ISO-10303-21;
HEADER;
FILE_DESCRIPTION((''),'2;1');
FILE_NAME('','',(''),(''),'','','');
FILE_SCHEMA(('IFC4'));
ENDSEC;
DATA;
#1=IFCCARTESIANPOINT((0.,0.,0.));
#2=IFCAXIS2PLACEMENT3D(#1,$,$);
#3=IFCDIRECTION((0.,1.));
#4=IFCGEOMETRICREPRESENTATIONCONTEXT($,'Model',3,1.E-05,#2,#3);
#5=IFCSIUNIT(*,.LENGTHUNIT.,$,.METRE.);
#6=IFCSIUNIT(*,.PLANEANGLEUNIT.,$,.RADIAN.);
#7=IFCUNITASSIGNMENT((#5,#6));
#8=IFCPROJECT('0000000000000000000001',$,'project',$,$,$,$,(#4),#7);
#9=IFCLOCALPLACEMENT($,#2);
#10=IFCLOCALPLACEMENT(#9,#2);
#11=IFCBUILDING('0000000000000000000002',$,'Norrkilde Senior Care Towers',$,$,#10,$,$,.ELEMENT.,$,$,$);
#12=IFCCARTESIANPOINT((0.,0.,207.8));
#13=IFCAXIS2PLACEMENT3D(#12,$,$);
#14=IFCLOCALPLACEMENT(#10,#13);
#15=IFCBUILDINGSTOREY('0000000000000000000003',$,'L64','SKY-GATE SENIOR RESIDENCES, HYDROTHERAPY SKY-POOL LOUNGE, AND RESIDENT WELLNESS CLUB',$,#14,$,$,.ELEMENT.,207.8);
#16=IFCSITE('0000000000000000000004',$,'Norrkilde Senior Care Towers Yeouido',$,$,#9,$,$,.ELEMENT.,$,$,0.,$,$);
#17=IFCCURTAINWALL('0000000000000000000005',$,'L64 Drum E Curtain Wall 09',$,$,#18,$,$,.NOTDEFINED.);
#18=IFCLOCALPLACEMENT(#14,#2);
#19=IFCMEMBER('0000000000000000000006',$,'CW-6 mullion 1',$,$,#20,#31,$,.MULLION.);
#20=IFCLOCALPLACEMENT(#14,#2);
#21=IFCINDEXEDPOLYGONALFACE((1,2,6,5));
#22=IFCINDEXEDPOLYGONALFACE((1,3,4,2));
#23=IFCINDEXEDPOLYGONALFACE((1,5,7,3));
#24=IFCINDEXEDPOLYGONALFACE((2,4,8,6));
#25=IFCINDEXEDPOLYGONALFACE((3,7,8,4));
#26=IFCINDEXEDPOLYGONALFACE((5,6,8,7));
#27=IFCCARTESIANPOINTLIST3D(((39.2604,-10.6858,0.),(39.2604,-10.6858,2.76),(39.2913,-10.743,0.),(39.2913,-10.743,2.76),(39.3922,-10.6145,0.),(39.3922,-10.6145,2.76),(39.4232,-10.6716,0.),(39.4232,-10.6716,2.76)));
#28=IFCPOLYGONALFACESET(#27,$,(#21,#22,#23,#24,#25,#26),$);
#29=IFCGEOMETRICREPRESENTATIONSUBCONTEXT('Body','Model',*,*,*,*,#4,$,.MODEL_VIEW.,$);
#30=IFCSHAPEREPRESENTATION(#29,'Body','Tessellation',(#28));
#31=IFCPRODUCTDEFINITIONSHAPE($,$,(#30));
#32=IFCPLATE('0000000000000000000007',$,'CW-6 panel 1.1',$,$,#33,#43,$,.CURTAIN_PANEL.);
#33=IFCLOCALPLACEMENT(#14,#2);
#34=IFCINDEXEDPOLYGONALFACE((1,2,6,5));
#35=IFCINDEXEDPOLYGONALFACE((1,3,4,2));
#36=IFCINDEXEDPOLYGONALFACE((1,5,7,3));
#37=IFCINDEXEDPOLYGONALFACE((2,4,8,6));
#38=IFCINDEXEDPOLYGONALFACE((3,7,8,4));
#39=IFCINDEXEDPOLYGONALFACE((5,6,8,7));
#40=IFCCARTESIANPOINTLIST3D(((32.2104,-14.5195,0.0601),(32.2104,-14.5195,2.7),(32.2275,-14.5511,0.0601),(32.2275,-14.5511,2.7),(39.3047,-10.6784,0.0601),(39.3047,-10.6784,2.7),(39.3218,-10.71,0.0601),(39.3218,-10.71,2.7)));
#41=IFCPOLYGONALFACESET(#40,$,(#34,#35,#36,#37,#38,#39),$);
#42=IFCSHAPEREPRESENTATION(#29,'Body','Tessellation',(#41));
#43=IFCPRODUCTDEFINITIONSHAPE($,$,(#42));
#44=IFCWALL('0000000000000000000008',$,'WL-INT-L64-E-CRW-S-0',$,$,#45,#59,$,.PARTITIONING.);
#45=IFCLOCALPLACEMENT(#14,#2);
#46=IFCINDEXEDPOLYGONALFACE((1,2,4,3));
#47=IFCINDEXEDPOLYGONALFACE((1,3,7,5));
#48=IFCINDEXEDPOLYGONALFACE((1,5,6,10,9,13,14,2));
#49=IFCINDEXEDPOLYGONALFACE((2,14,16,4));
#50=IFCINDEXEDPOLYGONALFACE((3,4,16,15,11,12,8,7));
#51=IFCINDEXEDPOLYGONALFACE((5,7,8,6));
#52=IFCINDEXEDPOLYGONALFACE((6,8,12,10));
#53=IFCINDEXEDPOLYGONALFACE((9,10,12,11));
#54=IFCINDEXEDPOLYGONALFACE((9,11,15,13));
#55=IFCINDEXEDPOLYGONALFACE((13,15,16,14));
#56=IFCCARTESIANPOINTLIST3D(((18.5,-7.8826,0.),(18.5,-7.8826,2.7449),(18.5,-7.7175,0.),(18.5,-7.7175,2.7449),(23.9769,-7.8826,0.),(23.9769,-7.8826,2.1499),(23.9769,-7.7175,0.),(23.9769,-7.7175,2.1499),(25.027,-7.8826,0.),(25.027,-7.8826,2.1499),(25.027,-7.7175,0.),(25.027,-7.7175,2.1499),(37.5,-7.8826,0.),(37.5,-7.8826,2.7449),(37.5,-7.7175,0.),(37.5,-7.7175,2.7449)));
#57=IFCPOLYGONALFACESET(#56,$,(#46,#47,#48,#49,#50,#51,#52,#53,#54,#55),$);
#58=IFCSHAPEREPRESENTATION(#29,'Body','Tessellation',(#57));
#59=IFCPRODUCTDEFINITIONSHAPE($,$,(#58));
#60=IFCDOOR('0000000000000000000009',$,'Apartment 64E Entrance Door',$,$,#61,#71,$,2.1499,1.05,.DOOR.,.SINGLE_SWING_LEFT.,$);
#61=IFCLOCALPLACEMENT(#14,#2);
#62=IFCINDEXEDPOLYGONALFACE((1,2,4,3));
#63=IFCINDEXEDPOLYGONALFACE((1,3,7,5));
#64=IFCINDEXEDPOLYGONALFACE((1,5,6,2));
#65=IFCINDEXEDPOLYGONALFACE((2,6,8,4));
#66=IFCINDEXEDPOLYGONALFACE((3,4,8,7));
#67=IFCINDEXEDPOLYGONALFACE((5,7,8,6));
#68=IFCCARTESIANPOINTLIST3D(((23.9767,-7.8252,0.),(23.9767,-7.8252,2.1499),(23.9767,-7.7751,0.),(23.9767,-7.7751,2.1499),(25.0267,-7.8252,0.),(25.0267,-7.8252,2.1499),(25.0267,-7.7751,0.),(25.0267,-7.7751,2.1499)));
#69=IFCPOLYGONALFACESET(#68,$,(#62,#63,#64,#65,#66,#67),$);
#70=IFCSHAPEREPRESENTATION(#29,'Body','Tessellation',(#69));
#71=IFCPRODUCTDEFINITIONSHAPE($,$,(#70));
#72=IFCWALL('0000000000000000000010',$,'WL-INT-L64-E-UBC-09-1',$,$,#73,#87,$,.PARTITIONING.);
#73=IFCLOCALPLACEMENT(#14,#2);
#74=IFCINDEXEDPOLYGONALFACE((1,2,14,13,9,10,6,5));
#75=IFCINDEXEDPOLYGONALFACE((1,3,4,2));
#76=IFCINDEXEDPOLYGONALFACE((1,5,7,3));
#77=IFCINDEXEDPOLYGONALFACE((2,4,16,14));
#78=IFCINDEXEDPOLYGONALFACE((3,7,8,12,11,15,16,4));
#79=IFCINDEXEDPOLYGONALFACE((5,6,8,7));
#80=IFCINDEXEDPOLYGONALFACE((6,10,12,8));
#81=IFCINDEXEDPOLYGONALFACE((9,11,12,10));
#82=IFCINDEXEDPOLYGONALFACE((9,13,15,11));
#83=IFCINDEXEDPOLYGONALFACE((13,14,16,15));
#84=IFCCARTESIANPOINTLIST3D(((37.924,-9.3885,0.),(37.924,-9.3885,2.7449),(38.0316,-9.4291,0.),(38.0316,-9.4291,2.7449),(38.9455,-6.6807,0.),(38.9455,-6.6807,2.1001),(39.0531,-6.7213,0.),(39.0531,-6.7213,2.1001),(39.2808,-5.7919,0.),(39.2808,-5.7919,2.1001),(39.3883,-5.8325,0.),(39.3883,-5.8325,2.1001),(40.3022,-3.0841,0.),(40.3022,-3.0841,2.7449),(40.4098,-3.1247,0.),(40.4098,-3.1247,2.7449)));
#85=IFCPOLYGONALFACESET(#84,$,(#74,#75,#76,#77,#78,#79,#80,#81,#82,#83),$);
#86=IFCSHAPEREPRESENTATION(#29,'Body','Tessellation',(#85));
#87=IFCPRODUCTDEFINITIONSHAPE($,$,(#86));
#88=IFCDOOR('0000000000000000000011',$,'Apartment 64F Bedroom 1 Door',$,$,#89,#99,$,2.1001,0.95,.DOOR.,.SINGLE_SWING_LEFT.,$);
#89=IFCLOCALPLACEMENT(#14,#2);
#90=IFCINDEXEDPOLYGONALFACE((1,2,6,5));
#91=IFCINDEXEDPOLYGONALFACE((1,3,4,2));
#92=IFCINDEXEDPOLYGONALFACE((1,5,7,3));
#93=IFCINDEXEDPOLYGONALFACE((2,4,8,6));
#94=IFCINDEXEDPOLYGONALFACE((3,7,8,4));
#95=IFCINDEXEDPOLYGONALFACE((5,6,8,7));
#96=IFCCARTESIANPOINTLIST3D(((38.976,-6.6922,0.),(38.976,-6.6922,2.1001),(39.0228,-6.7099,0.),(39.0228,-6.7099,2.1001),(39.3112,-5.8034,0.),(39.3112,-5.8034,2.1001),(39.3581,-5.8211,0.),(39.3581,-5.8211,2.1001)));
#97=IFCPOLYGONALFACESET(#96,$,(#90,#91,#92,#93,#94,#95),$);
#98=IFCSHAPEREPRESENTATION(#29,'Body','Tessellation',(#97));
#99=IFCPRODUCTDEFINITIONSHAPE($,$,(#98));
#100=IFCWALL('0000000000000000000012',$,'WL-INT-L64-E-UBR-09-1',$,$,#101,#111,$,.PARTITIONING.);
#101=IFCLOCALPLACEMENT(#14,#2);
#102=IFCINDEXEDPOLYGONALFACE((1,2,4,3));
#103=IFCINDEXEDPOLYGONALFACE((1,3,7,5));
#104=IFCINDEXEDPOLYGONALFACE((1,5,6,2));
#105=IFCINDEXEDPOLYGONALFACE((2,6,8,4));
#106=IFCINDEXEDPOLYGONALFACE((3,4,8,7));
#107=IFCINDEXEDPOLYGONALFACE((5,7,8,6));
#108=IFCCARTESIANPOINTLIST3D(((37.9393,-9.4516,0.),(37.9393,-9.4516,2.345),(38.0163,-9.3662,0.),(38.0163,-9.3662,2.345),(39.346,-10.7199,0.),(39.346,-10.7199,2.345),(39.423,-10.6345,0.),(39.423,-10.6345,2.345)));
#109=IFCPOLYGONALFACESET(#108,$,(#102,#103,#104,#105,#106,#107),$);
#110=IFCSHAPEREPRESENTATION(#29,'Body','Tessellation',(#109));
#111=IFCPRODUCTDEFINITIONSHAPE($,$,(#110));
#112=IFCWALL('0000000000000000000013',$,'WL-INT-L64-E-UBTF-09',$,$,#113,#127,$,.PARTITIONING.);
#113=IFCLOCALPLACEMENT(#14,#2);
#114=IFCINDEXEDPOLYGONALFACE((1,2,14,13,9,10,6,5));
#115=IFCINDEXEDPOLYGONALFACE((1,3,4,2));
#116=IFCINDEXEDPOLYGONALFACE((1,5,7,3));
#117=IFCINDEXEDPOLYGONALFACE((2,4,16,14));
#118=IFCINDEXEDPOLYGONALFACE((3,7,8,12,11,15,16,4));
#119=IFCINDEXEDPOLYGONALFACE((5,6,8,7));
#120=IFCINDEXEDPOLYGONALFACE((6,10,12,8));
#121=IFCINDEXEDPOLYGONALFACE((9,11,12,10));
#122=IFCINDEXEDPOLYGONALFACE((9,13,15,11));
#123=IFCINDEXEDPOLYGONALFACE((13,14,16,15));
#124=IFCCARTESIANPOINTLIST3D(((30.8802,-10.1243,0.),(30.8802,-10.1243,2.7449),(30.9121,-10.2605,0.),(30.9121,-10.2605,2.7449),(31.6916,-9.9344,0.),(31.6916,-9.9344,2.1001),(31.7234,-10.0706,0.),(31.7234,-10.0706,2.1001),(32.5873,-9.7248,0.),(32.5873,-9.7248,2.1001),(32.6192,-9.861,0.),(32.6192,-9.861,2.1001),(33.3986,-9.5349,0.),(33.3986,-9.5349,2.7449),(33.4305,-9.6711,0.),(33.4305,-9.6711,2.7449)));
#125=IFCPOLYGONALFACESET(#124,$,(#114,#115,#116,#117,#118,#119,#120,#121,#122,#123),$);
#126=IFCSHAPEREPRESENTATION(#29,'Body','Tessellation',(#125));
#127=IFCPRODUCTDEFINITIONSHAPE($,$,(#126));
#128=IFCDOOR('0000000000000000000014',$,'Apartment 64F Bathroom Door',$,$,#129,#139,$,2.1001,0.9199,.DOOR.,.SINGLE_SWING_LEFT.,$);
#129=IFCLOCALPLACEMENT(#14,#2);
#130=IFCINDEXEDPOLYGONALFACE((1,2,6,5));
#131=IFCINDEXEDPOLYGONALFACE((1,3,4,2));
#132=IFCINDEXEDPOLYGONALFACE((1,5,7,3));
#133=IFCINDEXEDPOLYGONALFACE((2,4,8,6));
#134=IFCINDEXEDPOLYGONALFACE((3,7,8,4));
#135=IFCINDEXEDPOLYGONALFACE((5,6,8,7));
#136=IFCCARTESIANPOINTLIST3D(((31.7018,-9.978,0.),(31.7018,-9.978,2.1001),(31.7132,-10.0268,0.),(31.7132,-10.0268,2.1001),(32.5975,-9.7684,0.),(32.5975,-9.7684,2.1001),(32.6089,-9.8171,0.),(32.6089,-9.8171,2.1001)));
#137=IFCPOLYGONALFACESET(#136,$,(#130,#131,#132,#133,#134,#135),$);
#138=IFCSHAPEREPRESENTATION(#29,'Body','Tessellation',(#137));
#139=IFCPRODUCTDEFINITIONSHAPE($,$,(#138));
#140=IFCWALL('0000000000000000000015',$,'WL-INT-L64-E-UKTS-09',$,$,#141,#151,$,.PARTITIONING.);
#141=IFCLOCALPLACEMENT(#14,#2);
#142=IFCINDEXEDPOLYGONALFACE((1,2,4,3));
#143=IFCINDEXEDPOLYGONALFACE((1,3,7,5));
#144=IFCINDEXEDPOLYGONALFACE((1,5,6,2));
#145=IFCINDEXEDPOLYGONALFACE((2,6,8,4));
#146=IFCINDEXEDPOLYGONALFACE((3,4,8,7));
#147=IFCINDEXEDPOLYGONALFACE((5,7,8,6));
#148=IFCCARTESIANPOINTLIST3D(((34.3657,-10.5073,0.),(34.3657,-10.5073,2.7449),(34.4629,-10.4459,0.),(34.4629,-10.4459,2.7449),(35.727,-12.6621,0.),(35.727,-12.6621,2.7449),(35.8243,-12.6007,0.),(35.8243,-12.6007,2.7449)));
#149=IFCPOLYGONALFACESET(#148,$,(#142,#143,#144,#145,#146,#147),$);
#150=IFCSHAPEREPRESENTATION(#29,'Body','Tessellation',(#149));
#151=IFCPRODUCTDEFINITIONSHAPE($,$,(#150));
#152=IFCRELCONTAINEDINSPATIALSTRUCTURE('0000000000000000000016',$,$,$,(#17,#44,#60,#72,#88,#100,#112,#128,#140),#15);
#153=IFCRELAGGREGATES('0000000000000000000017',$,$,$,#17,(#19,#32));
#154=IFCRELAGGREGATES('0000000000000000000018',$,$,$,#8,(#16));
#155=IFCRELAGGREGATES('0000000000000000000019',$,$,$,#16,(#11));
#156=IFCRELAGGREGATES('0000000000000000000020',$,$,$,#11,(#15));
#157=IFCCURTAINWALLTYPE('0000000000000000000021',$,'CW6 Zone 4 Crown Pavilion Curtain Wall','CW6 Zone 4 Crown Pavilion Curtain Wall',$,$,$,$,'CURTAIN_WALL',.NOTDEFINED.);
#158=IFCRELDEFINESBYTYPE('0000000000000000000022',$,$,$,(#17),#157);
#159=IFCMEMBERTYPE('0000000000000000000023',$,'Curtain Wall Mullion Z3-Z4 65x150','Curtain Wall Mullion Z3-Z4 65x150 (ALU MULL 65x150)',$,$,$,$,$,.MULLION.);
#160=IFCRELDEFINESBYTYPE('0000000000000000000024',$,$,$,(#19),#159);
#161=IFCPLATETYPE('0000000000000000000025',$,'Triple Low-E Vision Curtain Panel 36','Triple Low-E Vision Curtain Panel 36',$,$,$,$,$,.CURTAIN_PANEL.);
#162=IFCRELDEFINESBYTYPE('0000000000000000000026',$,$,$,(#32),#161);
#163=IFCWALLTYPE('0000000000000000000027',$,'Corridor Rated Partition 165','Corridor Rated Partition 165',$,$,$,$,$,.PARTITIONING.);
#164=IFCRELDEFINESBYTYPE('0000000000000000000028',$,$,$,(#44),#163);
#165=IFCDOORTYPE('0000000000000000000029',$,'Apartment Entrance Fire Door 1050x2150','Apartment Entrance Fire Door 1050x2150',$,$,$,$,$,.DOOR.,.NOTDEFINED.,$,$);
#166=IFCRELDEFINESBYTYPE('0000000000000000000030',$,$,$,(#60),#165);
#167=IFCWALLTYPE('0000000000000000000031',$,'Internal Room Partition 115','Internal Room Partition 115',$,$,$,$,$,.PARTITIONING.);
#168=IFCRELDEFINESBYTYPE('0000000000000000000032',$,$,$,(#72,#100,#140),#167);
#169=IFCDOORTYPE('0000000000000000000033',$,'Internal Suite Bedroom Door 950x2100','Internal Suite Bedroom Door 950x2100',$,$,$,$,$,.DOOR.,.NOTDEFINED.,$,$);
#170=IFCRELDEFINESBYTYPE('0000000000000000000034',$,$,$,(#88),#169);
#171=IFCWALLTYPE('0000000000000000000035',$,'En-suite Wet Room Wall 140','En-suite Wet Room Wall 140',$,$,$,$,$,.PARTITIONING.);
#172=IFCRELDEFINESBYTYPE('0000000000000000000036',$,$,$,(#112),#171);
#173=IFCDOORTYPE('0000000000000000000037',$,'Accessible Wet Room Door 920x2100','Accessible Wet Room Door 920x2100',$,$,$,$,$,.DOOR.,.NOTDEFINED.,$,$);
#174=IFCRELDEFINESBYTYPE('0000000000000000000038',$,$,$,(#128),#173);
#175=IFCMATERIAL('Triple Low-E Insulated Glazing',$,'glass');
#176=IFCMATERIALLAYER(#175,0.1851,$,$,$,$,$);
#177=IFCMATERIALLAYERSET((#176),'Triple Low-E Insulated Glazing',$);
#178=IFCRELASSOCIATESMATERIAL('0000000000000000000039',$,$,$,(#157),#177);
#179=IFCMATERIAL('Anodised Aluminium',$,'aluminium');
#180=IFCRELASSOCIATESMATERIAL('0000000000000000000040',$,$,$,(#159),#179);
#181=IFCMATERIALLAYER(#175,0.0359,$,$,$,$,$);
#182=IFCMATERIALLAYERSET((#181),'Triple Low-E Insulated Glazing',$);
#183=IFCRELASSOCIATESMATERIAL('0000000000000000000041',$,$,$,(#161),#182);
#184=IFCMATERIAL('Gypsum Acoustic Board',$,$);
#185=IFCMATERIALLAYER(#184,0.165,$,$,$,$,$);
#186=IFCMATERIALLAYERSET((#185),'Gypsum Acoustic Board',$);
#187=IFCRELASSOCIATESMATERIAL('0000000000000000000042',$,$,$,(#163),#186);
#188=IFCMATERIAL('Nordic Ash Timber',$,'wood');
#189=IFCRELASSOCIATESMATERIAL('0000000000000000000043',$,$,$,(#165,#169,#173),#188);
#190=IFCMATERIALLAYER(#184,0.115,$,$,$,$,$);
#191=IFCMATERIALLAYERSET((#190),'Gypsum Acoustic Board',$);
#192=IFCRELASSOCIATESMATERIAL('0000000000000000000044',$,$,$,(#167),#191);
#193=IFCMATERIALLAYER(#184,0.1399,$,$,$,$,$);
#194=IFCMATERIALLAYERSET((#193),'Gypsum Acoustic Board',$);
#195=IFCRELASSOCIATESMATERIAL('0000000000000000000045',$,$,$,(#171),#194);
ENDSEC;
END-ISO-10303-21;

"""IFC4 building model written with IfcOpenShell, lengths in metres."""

from ifc_helpers import new_model, si_unit, direction, frame, frame_2d, origin, origin_2d, place, context, subcontext, project, spatial, rectangle, extrude, source, transform, mapped, material, layer, layer_set, material_profile, profile_set, type_object, type_shapes, element, fill, aggregate, save


model = new_model("IFC4")

# Units and contexts
model_context = context("Model", 3, precision=1e-05, world=origin(), true_north=direction((0.0, 1.0)))
body_context = subcontext(model_context, "Body", "Model", "MODEL_VIEW")
ifc_project = project(units=[si_unit("LENGTHUNIT", "METRE"), si_unit("PLANEANGLEUNIT", "RADIAN")], contexts=[model_context])

# Site, building, storey
site_placement = place(None, origin())
site = spatial("IfcSite", under=ifc_project, at=site_placement, Name="Norrkilde Senior Care Towers Yeouido", CompositionType="ELEMENT", RefElevation=0.0)
building_placement = place(site_placement, origin())
building = spatial("IfcBuilding", under=site, at=building_placement, Name="Norrkilde Senior Care Towers", CompositionType="ELEMENT")
storey_placement = place(building_placement, frame((0.0, 0.0, 207.8)))
storey = spatial("IfcBuildingStorey", under=building, at=storey_placement, Name="L64", Description="SKY-GATE SENIOR RESIDENCES, HYDROTHERAPY SKY-POOL LOUNGE, AND RESIDENT WELLNESS CLUB", CompositionType="ELEMENT", Elevation=207.8)

# Curtain wall, member, plate
ifc_material_1 = material(Name="Triple Low-E Insulated Glazing", Category="glass")
ifc_layer_1 = layer(ifc_material_1, 0.1851)
ifc_layer_set_1 = layer_set([ifc_layer_1], Name="Triple Low-E Insulated Glazing")
curtain_wall_type = type_object("IfcCurtainWallType", Name="CW6 Zone 4 Crown Pavilion Curtain Wall", Description="CW6 Zone 4 Crown Pavilion Curtain Wall", ElementType="CURTAIN_WALL", PredefinedType="NOTDEFINED", material=ifc_layer_set_1)
curtain_wall_placement = place(storey_placement, origin())
curtain_wall = element("IfcCurtainWall", 1, at=curtain_wall_placement, inside=storey, type_object=curtain_wall_type, Name="L64 Drum E Curtain Wall 09", PredefinedType="NOTDEFINED")
ifc_material_2 = material(Name="Anodised Aluminium", Category="aluminium")
ifc_material_profile_1 = material_profile(ifc_material_2, rectangle(XDim=0.0649, YDim=0.1499, at=origin_2d()), Name="ALU MULL 65x150")
ifc_profile_set_1 = profile_set([ifc_material_profile_1], Name="Anodised Aluminium")
member_type_1 = type_object("IfcMemberType", Name="Curtain Wall Mullion Z3-Z4 65x150", Description="Curtain Wall Mullion Z3-Z4 65x150 (ALU MULL 65x150)", PredefinedType="MULLION", material=ifc_profile_set_1)
shared_shape_1 = source(origin(), body_context, "Body", "SweptSolid", [
    extrude(rectangle(XDim=0.0649, YDim=0.1499, at=origin_2d()), origin(), (0.0, 0.0, 1.0), 2.76),
])
type_shapes(member_type_1, [shared_shape_1])
member_1_placement = place(storey_placement, frame((39.3418, -10.6787, 0.0), z_axis=(0.0, 0.0, 1.0), x_axis=(0.476133, -0.879373, 0.0)))
member_1 = element("IfcMember", 2, at=member_1_placement, type_object=member_type_1, Name="CW-6 mullion 1", PredefinedType="MULLION", context=body_context, shape_type="MappedRepresentation", body=[
    mapped(shared_shape_1, transform((0.0, 0.0, 0.0), x_axis=(1.0, 0.0, 0.0), y_axis=(0.0, 1.0, 0.0), z_axis=(0.0, 0.0, 1.0), scale=1.0)),
])
ifc_layer_2 = layer(ifc_material_1, 0.0359)
ifc_layer_set_2 = layer_set([ifc_layer_2], Name="Triple Low-E Insulated Glazing")
plate_type = type_object("IfcPlateType", Name="Triple Low-E Vision Curtain Panel 36", Description="Triple Low-E Vision Curtain Panel 36", PredefinedType="CURTAIN_PANEL", material=ifc_layer_set_2)
shared_shape_2 = source(origin(), body_context, "Body", "SweptSolid", [
    extrude(rectangle(XDim=8.0674, YDim=0.0359, at=origin_2d()), origin(), (0.0, 0.0, 1.0), 2.6399),
])
type_shapes(plate_type, [shared_shape_2])
plate_placement = place(storey_placement, frame((35.7661, -12.6147, 0.0601), z_axis=(0.0, 0.0, 1.0), x_axis=(-0.879373, -0.476133, 0.0)))
plate = element("IfcPlate", 3, at=plate_placement, type_object=plate_type, Name="CW-6 panel 1.1", PredefinedType="CURTAIN_PANEL", context=body_context, shape_type="MappedRepresentation", body=[
    mapped(shared_shape_2, transform((0.0, 0.0, 0.0), x_axis=(1.0, 0.0, 0.0), y_axis=(0.0, 1.0, 0.0), z_axis=(0.0, 0.0, 1.0), scale=1.0)),
])
aggregate(curtain_wall, [member_1, plate])

# Walls, openings, doors
ifc_material_3 = material(Name="Gypsum Acoustic Board")
ifc_layer_3 = layer(ifc_material_3, 0.165)
ifc_layer_set_3 = layer_set([ifc_layer_3], Name="Gypsum Acoustic Board")
wall_type_1 = type_object("IfcWallType", Name="Corridor Rated Partition 165", Description="Corridor Rated Partition 165", PredefinedType="PARTITIONING", material=ifc_layer_set_3)
shared_shape_3 = source(origin(), body_context, "Body", "SweptSolid", [
    extrude(rectangle(XDim=19.0, YDim=0.165, at=frame_2d((9.5, 0.0))), origin(), (0.0, 0.0, 1.0), 2.7449),
])
type_shapes(wall_type_1, [shared_shape_3])
wall_1_placement = place(storey_placement, frame((37.5, -7.8, 0.0), z_axis=(0.0, 0.0, 1.0), x_axis=(-1.0, 0.0, 0.0)))
wall_1 = element("IfcWall", 4, at=wall_1_placement, inside=storey, type_object=wall_type_1, Name="WL-INT-L64-E-CRW-S-0", PredefinedType="PARTITIONING", context=body_context, shape_type="MappedRepresentation", body=[
    mapped(shared_shape_3, transform((0.0, 0.0, 0.0), x_axis=(1.0, 0.0, 0.0), y_axis=(0.0, 1.0, 0.0), z_axis=(0.0, 0.0, 1.0), scale=1.0)),
])
opening_1_placement = place(wall_1_placement, frame((12.4731, 0.0, 0.0)))
opening_1 = element("IfcOpeningElement", 5, at=opening_1_placement, cuts=wall_1, PredefinedType="OPENING", context=body_context, shape_type="SweptSolid", body=[
    extrude(rectangle(XDim=1.05, YDim=2.1499, at=frame_2d((0.5249, 1.075))), frame((0.0, 0.0925, 0.0), z_axis=(0.0, -1.0, 0.0), x_axis=(1.0, 0.0, 0.0)), (0.0, 0.0, 1.0), 0.1851),
])
ifc_material_4 = material(Name="Nordic Ash Timber", Category="wood")
door_type_1 = type_object("IfcDoorType", Name="Apartment Entrance Fire Door 1050x2150", Description="Apartment Entrance Fire Door 1050x2150", OperationType="NOTDEFINED", PredefinedType="DOOR", material=ifc_material_4)
shared_shape_4 = source(origin(), body_context, "Body", "SweptSolid", [
    extrude(rectangle(XDim=1.05, YDim=2.1499, at=frame_2d((0.5249, 1.075))), frame((0.0, 0.0249, 0.0), z_axis=(0.0, -1.0, 0.0), x_axis=(1.0, 0.0, 0.0)), (0.0, 0.0, 1.0), 0.05),
])
type_shapes(door_type_1, [shared_shape_4])
door_1_placement = place(opening_1_placement, frame((1.05, 0.0, 0.0), z_axis=(0.0, 0.0, 1.0), x_axis=(-1.0, 0.0, 0.0)))
door_1 = element("IfcDoor", 6, at=door_1_placement, inside=storey, type_object=door_type_1, Name="Apartment 64E Entrance Door", OperationType="SINGLE_SWING_LEFT", OverallHeight=2.1499, OverallWidth=1.05, PredefinedType="DOOR", context=body_context, shape_type="MappedRepresentation", body=[
    mapped(shared_shape_4, transform((0.0, 0.0, 0.0), x_axis=(1.0, 0.0, 0.0), y_axis=(0.0, 1.0, 0.0), z_axis=(0.0, 0.0, 1.0), scale=1.0)),
])
fill(opening_1, door_1)
ifc_layer_4 = layer(ifc_material_3, 0.115)
ifc_layer_set_4 = layer_set([ifc_layer_4], Name="Gypsum Acoustic Board")
wall_type_2 = type_object("IfcWallType", Name="Internal Room Partition 115", Description="Internal Room Partition 115", PredefinedType="PARTITIONING", material=ifc_layer_set_4)
shared_shape_5 = source(origin(), body_context, "Body", "SweptSolid", [
    extrude(rectangle(XDim=6.738, YDim=0.115, at=frame_2d((3.3691, 0.0))), origin(), (0.0, 0.0, 1.0), 2.7449),
])
wall_2_placement = place(storey_placement, frame((37.9778, -9.4089, 0.0), z_axis=(0.0, 0.0, 1.0), x_axis=(0.352945, 0.935644, 0.0)))
wall_2 = element("IfcWall", 7, at=wall_2_placement, inside=storey, type_object=wall_type_2, Name="WL-INT-L64-E-UBC-09-1", PredefinedType="PARTITIONING", context=body_context, shape_type="MappedRepresentation", body=[
    mapped(shared_shape_5, transform((0.0, 0.0, 0.0), x_axis=(1.0, 0.0, 0.0), y_axis=(0.0, 1.0, 0.0), z_axis=(0.0, 0.0, 1.0), scale=1.0)),
])
opening_2_placement = place(wall_2_placement, frame((2.894, 0.0, 0.0)))
opening_2 = element("IfcOpeningElement", 8, at=opening_2_placement, cuts=wall_2, PredefinedType="OPENING", context=body_context, shape_type="SweptSolid", body=[
    extrude(rectangle(XDim=0.95, YDim=2.1001, at=frame_2d((0.4751, 1.05))), frame((0.0, 0.0674, 0.0), z_axis=(0.0, -1.0, 0.0), x_axis=(1.0, 0.0, 0.0)), (0.0, 0.0, 1.0), 0.135),
])
door_type_2 = type_object("IfcDoorType", Name="Internal Suite Bedroom Door 950x2100", Description="Internal Suite Bedroom Door 950x2100", OperationType="NOTDEFINED", PredefinedType="DOOR", material=ifc_material_4)
shared_shape_6 = source(origin(), body_context, "Body", "SweptSolid", [
    extrude(rectangle(XDim=0.95, YDim=2.1001, at=frame_2d((0.4751, 1.05))), frame((0.0, 0.0249, 0.0), z_axis=(0.0, -1.0, 0.0), x_axis=(1.0, 0.0, 0.0)), (0.0, 0.0, 1.0), 0.05),
])
type_shapes(door_type_2, [shared_shape_6])
door_2_placement = place(opening_2_placement, origin())
door_2 = element("IfcDoor", 9, at=door_2_placement, inside=storey, type_object=door_type_2, Name="Apartment 64F Bedroom 1 Door", OperationType="SINGLE_SWING_LEFT", OverallHeight=2.1001, OverallWidth=0.95, PredefinedType="DOOR", context=body_context, shape_type="MappedRepresentation", body=[
    mapped(shared_shape_6, transform((0.0, 0.0, 0.0), x_axis=(1.0, 0.0, 0.0), y_axis=(0.0, 1.0, 0.0), z_axis=(0.0, 0.0, 1.0), scale=1.0)),
])
fill(opening_2, door_2)

# Wall
shared_shape_7 = source(origin(), body_context, "Body", "SweptSolid", [
    extrude(rectangle(XDim=1.894, YDim=0.115, at=frame_2d((0.947, 0.0))), origin(), (0.0, 0.0, 1.0), 2.345),
])
wall_3_placement = place(storey_placement, frame((37.9778, -9.4089, 0.0), z_axis=(0.0, 0.0, 1.0), x_axis=(0.742704, -0.66962, 0.0)))
element("IfcWall", 10, at=wall_3_placement, inside=storey, type_object=wall_type_2, Name="WL-INT-L64-E-UBR-09-1", PredefinedType="PARTITIONING", context=body_context, shape_type="MappedRepresentation", body=[
    mapped(shared_shape_7, transform((0.0, 0.0, 0.0), x_axis=(1.0, 0.0, 0.0), y_axis=(0.0, 1.0, 0.0), z_axis=(0.0, 0.0, 1.0), scale=1.0)),
])

# Wall, opening, door
ifc_layer_5 = layer(ifc_material_3, 0.1399)
ifc_layer_set_5 = layer_set([ifc_layer_5], Name="Gypsum Acoustic Board")
wall_type_3 = type_object("IfcWallType", Name="En-suite Wet Room Wall 140", Description="En-suite Wet Room Wall 140", PredefinedType="PARTITIONING", material=ifc_layer_set_5)
shared_shape_8 = source(origin(), body_context, "Body", "SweptSolid", [
    extrude(rectangle(XDim=2.5864, YDim=0.1399, at=frame_2d((1.2932, 0.0))), origin(), (0.0, 0.0, 1.0), 2.7449),
])
type_shapes(wall_type_3, [shared_shape_8])
wall_4_placement = place(storey_placement, frame((33.4146, -9.603, 0.0), z_axis=(0.0, 0.0, 1.0), x_axis=(-0.973691, -0.227871, 0.0)))
wall_4 = element("IfcWall", 11, at=wall_4_placement, inside=storey, type_object=wall_type_3, Name="WL-INT-L64-E-UBTF-09", PredefinedType="PARTITIONING", context=body_context, shape_type="MappedRepresentation", body=[
    mapped(shared_shape_8, transform((0.0, 0.0, 0.0), x_axis=(1.0, 0.0, 0.0), y_axis=(0.0, 1.0, 0.0), z_axis=(0.0, 0.0, 1.0), scale=1.0)),
])
opening_3_placement = place(wall_4_placement, frame((0.8333, 0.0, 0.0)))
opening_3 = element("IfcOpeningElement", 12, at=opening_3_placement, cuts=wall_4, PredefinedType="OPENING", context=body_context, shape_type="SweptSolid", body=[
    extrude(rectangle(XDim=0.9199, YDim=2.1001, at=frame_2d((0.46, 1.05))), frame((0.0, 0.0798, 0.0), z_axis=(0.0, -1.0, 0.0), x_axis=(1.0, 0.0, 0.0)), (0.0, 0.0, 1.0), 0.1599),
])
door_type_3 = type_object("IfcDoorType", Name="Accessible Wet Room Door 920x2100", Description="Accessible Wet Room Door 920x2100", OperationType="NOTDEFINED", PredefinedType="DOOR", material=ifc_material_4)
shared_shape_9 = source(origin(), body_context, "Body", "SweptSolid", [
    extrude(rectangle(XDim=0.9199, YDim=2.1001, at=frame_2d((0.46, 1.05))), frame((0.0, 0.0249, 0.0), z_axis=(0.0, -1.0, 0.0), x_axis=(1.0, 0.0, 0.0)), (0.0, 0.0, 1.0), 0.05),
])
type_shapes(door_type_3, [shared_shape_9])
door_3_placement = place(opening_3_placement, origin())
door_3 = element("IfcDoor", 13, at=door_3_placement, inside=storey, type_object=door_type_3, Name="Apartment 64F Bathroom Door", OperationType="SINGLE_SWING_LEFT", OverallHeight=2.1001, OverallWidth=0.9199, PredefinedType="DOOR", context=body_context, shape_type="MappedRepresentation", body=[
    mapped(shared_shape_9, transform((0.0, 0.0, 0.0), x_axis=(1.0, 0.0, 0.0), y_axis=(0.0, 1.0, 0.0), z_axis=(0.0, 0.0, 1.0), scale=1.0)),
])
fill(opening_3, door_3)

# Wall
shared_shape_10 = source(origin(), body_context, "Body", "SweptSolid", [
    extrude(rectangle(XDim=2.5488, YDim=0.115, at=frame_2d((1.2744, 0.0))), origin(), (0.0, 0.0, 1.0), 2.7449),
])
wall_5_placement = place(storey_placement, frame((34.4143, -10.4766, 0.0), z_axis=(0.0, 0.0, 1.0), x_axis=(0.534108, -0.845416, 0.0)))
element("IfcWall", 14, at=wall_5_placement, inside=storey, type_object=wall_type_2, Name="WL-INT-L64-E-UKTS-09", PredefinedType="PARTITIONING", context=body_context, shape_type="MappedRepresentation", body=[
    mapped(shared_shape_10, transform((0.0, 0.0, 0.0), x_axis=(1.0, 0.0, 0.0), y_axis=(0.0, 1.0, 0.0), z_axis=(0.0, 0.0, 1.0), scale=1.0)),
])

save(model, "model.ifc")
